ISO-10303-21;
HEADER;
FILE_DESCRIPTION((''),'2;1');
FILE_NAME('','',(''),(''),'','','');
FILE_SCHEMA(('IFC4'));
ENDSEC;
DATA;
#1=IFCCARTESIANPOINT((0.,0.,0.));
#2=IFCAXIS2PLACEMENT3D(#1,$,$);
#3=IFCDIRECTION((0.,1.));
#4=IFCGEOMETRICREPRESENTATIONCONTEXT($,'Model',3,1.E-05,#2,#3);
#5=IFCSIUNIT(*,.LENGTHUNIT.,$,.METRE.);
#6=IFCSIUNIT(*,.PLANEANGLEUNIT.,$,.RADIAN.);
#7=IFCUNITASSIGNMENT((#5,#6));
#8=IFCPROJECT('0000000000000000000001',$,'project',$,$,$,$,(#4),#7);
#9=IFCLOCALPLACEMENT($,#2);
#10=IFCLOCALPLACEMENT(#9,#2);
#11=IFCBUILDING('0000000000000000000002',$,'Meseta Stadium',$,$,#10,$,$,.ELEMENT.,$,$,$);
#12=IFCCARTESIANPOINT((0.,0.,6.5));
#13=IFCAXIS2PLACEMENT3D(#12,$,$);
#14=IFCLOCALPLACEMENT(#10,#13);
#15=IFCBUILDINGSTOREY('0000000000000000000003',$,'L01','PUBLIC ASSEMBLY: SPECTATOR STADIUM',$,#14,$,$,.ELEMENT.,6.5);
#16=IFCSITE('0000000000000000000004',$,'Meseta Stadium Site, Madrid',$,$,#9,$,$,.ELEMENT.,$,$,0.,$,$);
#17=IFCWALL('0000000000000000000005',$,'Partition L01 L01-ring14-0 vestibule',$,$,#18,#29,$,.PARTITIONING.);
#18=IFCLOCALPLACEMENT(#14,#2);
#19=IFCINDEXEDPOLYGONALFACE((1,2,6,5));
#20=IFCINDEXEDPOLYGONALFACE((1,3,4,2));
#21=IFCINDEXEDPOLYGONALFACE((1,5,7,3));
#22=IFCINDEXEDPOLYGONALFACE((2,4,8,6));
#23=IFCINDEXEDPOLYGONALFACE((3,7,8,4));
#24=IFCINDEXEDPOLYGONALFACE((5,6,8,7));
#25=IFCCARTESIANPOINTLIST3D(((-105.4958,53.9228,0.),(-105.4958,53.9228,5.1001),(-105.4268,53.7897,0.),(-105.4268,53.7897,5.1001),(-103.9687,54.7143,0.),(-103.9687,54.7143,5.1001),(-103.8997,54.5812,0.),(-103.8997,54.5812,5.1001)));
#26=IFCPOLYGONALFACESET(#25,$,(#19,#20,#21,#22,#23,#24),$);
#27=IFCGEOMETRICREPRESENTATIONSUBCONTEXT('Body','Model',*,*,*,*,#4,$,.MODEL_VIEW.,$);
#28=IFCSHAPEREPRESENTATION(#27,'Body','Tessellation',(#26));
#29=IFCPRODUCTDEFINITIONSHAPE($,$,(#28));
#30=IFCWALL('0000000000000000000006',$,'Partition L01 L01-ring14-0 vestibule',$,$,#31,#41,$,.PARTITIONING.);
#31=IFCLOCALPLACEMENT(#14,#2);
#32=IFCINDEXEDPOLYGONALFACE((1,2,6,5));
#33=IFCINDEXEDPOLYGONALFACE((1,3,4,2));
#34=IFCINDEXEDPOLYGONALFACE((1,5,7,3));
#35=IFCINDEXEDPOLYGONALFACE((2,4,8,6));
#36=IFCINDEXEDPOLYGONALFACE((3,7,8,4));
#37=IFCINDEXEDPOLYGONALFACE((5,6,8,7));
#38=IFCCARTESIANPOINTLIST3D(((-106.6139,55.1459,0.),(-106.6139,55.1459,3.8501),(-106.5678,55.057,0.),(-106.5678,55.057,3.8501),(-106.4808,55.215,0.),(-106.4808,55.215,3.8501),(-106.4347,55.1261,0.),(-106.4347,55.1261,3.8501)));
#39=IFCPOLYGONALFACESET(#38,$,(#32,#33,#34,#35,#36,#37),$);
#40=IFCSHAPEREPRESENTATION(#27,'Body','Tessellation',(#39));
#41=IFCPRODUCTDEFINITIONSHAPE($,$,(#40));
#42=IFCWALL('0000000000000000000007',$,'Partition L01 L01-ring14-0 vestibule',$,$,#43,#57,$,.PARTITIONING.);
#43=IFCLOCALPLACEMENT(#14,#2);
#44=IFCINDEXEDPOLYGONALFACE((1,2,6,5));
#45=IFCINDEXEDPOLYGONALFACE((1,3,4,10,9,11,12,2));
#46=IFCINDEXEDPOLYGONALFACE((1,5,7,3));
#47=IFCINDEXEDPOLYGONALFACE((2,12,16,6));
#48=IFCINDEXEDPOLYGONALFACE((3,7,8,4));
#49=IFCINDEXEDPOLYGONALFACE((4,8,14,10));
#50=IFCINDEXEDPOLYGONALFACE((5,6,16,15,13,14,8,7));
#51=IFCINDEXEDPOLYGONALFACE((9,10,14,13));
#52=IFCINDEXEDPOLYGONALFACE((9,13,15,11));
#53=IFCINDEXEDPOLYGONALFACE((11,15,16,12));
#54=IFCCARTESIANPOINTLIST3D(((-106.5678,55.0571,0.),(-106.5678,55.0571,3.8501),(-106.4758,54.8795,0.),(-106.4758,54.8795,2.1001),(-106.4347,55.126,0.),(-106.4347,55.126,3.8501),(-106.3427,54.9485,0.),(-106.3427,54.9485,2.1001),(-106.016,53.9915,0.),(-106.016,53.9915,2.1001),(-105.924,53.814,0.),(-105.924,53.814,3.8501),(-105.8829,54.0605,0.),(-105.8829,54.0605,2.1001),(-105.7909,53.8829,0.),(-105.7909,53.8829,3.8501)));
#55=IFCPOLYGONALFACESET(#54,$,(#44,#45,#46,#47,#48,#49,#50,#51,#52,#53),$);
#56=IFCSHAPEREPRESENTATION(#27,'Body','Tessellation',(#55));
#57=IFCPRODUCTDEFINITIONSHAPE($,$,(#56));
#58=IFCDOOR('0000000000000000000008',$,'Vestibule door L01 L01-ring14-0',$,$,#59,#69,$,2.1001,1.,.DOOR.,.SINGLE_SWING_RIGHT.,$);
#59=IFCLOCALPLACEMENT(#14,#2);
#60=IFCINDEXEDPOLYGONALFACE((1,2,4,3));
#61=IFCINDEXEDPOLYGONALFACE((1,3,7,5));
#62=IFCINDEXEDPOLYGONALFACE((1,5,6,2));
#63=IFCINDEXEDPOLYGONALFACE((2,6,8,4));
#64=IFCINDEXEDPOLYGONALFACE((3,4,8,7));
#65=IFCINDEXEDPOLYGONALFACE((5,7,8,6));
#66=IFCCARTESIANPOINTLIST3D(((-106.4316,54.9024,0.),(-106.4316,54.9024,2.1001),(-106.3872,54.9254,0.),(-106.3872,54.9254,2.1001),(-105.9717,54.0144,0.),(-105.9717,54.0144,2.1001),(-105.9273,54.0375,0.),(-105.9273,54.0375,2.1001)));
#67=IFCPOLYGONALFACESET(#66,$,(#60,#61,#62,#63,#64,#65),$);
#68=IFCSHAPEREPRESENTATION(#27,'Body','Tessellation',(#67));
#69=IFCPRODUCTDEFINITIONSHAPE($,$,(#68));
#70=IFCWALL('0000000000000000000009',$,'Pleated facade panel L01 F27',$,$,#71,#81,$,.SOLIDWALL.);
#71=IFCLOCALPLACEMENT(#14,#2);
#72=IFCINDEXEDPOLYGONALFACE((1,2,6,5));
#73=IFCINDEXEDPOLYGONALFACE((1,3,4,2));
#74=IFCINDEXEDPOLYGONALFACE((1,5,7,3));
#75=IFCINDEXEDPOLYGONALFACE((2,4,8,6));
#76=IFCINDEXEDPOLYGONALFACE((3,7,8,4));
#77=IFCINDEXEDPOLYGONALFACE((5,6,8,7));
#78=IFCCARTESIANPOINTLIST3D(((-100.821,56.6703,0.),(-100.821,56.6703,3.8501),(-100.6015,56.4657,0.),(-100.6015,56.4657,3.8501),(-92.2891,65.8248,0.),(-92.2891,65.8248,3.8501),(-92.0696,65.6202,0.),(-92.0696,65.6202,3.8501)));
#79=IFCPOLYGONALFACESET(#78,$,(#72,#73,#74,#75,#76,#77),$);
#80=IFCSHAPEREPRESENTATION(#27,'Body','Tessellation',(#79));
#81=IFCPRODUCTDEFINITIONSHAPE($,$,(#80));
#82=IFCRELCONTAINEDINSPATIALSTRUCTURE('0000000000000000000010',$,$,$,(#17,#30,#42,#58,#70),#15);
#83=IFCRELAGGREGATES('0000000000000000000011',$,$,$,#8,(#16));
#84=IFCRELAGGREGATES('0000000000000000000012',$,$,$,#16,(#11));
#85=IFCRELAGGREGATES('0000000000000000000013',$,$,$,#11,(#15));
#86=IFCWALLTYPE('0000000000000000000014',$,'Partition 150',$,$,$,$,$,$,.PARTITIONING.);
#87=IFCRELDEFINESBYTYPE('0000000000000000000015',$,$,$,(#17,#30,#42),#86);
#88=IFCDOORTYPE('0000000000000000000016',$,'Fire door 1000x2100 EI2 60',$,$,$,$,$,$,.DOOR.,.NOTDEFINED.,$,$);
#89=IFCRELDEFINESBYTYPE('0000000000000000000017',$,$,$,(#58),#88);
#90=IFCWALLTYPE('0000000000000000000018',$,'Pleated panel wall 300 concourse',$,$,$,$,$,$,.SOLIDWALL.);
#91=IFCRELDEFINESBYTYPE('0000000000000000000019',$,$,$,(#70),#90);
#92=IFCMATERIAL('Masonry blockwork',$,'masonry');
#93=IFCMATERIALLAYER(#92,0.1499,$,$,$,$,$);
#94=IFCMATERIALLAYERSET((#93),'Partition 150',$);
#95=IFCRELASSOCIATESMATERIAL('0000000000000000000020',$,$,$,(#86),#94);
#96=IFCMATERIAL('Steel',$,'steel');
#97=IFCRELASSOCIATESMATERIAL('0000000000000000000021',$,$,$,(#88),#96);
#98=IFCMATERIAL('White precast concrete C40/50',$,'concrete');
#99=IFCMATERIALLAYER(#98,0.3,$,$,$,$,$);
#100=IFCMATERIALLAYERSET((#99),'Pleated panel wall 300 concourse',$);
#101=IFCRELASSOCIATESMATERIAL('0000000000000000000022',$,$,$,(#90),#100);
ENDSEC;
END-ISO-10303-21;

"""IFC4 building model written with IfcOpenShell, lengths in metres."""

from ifc_helpers import new_model, si_unit, direction, frame, frame_2d, origin, place, context, subcontext, project, spatial, rectangle, extrude, material, layer, layer_set, type_object, element, fill, save


model = new_model("IFC4")

# Units and contexts
model_context = context("Model", 3, precision=1e-05, world=origin(), true_north=direction((0.0, 1.0)))
body_context = subcontext(model_context, "Body", "Model", "MODEL_VIEW")
ifc_project = project(units=[si_unit("LENGTHUNIT", "METRE"), si_unit("PLANEANGLEUNIT", "RADIAN")], contexts=[model_context])

# Site, building, storey
site_placement = place(None, origin())
site = spatial("IfcSite", under=ifc_project, at=site_placement, Name="Meseta Stadium Site, Madrid", CompositionType="ELEMENT", RefElevation=0.0)
building_placement = place(site_placement, origin())
building = spatial("IfcBuilding", under=site, at=building_placement, Name="Meseta Stadium", CompositionType="ELEMENT")
storey_placement = place(building_placement, frame((0.0, 0.0, 6.5)))
storey = spatial("IfcBuildingStorey", under=building, at=storey_placement, Name="L01", Description="PUBLIC ASSEMBLY: SPECTATOR STADIUM", CompositionType="ELEMENT", Elevation=6.5)

# Shared definitions
ifc_material_1 = material(Name="Masonry blockwork", Category="masonry")
ifc_layer_1 = layer(ifc_material_1, 0.1499)
ifc_layer_set_1 = layer_set([ifc_layer_1], Name="Partition 150")
wall_type_1 = type_object("IfcWallType", Name="Partition 150", PredefinedType="PARTITIONING", material=ifc_layer_set_1)

# Shared definitions
ifc_material_2 = material(Name="Steel", Category="steel")
door_type = type_object("IfcDoorType", Name="Fire door 1000x2100 EI2 60", OperationType="NOTDEFINED", PredefinedType="DOOR", material=ifc_material_2)

# Walls
wall_1_placement = place(storey_placement, frame((-103.9343, 54.6477, 0.0), z_axis=(0.0, 0.0, 1.0), x_axis=(-0.887832, -0.460168, 0.0)))
element("IfcWall", 1, at=wall_1_placement, inside=storey, type_object=wall_type_1, Name="Partition L01 L01-ring14-0 vestibule", PredefinedType="PARTITIONING", context=body_context, shape_type="SweptSolid", body=[
    extrude(rectangle(XDim=1.72, YDim=0.1499, at=frame_2d((0.8599, 0.0))), origin(), (0.0, 0.0, 1.0), 5.1001),
])
wall_2_placement = place(storey_placement, frame((-106.5474, 55.1804, 0.0), z_axis=(0.0, 0.0, 1.0), x_axis=(0.460815, -0.887496, 0.0)))
element("IfcWall", 2, at=wall_2_placement, inside=storey, type_object=wall_type_1, Name="Partition L01 L01-ring14-0 vestibule", PredefinedType="PARTITIONING", context=body_context, shape_type="SweptSolid", body=[
    extrude(rectangle(XDim=0.1001, YDim=0.1499, at=frame_2d((0.05, 0.0))), origin(), (0.0, 0.0, 1.0), 3.8501),
])

# Wall, opening, door
wall_3_placement = place(storey_placement, frame((-106.5012, 55.0916, 0.0), z_axis=(0.0, 0.0, 1.0), x_axis=(0.459864, -0.887989, 0.0)))
wall_3 = element("IfcWall", 3, at=wall_3_placement, inside=storey, type_object=wall_type_1, Name="Partition L01 L01-ring14-0 vestibule", PredefinedType="PARTITIONING", context=body_context, shape_type="SweptSolid", body=[
    extrude(rectangle(XDim=1.3999, YDim=0.1499, at=frame_2d((0.7, 0.0))), origin(), (0.0, 0.0, 1.0), 3.8501),
])
opening_1_placement = place(wall_3_placement, frame((0.2, 0.0, 0.0)))
opening_1 = element("IfcOpeningElement", 4, at=opening_1_placement, cuts=wall_3, PredefinedType="OPENING", context=body_context, shape_type="SweptSolid", body=[
    extrude(rectangle(XDim=1.0, YDim=2.1001, at=frame_2d((0.5, 1.05))), frame((0.0, 0.085, 0.0), z_axis=(0.0, -1.0, 0.0), x_axis=(1.0, 0.0, 0.0)), (0.0, 0.0, 1.0), 0.1699),
])
door_1_placement = place(opening_1_placement, origin())
door_1 = element("IfcDoor", 5, at=door_1_placement, inside=storey, type_object=door_type, Name="Vestibule door L01 L01-ring14-0", OperationType="SINGLE_SWING_RIGHT", OverallHeight=2.1001, OverallWidth=1.0, PredefinedType="DOOR", context=body_context, shape_type="SweptSolid", body=[
    extrude(rectangle(XDim=1.0, YDim=2.1001, at=frame_2d((0.5, 1.05))), frame((0.0, 0.0249, 0.0), z_axis=(0.0, -1.0, 0.0), x_axis=(1.0, 0.0, 0.0)), (0.0, 0.0, 1.0), 0.05),
])
fill(opening_1, door_1)

# Wall
ifc_material_3 = material(Name="White precast concrete C40/50", Category="concrete")
ifc_layer_2 = layer(ifc_material_3, 0.3)
ifc_layer_set_2 = layer_set([ifc_layer_2], Name="Pleated panel wall 300 concourse")
wall_type_2 = type_object("IfcWallType", Name="Pleated panel wall 300 concourse", PredefinedType="SOLIDWALL", material=ifc_layer_set_2)
wall_4_placement = place(storey_placement, frame((-100.7112, 56.5681, 0.0), z_axis=(0.0, 0.0, 1.0), x_axis=(0.681795, 0.731544, 0.0)))
element("IfcWall", 6, at=wall_4_placement, inside=storey, type_object=wall_type_2, Name="Pleated facade panel L01 F27", PredefinedType="SOLIDWALL", context=body_context, shape_type="SweptSolid", body=[
    extrude(rectangle(XDim=12.5139, YDim=0.3, at=frame_2d((6.2568, 0.0))), origin(), (0.0, 0.0, 1.0), 3.8501),
])

save(model, "model.ifc")
